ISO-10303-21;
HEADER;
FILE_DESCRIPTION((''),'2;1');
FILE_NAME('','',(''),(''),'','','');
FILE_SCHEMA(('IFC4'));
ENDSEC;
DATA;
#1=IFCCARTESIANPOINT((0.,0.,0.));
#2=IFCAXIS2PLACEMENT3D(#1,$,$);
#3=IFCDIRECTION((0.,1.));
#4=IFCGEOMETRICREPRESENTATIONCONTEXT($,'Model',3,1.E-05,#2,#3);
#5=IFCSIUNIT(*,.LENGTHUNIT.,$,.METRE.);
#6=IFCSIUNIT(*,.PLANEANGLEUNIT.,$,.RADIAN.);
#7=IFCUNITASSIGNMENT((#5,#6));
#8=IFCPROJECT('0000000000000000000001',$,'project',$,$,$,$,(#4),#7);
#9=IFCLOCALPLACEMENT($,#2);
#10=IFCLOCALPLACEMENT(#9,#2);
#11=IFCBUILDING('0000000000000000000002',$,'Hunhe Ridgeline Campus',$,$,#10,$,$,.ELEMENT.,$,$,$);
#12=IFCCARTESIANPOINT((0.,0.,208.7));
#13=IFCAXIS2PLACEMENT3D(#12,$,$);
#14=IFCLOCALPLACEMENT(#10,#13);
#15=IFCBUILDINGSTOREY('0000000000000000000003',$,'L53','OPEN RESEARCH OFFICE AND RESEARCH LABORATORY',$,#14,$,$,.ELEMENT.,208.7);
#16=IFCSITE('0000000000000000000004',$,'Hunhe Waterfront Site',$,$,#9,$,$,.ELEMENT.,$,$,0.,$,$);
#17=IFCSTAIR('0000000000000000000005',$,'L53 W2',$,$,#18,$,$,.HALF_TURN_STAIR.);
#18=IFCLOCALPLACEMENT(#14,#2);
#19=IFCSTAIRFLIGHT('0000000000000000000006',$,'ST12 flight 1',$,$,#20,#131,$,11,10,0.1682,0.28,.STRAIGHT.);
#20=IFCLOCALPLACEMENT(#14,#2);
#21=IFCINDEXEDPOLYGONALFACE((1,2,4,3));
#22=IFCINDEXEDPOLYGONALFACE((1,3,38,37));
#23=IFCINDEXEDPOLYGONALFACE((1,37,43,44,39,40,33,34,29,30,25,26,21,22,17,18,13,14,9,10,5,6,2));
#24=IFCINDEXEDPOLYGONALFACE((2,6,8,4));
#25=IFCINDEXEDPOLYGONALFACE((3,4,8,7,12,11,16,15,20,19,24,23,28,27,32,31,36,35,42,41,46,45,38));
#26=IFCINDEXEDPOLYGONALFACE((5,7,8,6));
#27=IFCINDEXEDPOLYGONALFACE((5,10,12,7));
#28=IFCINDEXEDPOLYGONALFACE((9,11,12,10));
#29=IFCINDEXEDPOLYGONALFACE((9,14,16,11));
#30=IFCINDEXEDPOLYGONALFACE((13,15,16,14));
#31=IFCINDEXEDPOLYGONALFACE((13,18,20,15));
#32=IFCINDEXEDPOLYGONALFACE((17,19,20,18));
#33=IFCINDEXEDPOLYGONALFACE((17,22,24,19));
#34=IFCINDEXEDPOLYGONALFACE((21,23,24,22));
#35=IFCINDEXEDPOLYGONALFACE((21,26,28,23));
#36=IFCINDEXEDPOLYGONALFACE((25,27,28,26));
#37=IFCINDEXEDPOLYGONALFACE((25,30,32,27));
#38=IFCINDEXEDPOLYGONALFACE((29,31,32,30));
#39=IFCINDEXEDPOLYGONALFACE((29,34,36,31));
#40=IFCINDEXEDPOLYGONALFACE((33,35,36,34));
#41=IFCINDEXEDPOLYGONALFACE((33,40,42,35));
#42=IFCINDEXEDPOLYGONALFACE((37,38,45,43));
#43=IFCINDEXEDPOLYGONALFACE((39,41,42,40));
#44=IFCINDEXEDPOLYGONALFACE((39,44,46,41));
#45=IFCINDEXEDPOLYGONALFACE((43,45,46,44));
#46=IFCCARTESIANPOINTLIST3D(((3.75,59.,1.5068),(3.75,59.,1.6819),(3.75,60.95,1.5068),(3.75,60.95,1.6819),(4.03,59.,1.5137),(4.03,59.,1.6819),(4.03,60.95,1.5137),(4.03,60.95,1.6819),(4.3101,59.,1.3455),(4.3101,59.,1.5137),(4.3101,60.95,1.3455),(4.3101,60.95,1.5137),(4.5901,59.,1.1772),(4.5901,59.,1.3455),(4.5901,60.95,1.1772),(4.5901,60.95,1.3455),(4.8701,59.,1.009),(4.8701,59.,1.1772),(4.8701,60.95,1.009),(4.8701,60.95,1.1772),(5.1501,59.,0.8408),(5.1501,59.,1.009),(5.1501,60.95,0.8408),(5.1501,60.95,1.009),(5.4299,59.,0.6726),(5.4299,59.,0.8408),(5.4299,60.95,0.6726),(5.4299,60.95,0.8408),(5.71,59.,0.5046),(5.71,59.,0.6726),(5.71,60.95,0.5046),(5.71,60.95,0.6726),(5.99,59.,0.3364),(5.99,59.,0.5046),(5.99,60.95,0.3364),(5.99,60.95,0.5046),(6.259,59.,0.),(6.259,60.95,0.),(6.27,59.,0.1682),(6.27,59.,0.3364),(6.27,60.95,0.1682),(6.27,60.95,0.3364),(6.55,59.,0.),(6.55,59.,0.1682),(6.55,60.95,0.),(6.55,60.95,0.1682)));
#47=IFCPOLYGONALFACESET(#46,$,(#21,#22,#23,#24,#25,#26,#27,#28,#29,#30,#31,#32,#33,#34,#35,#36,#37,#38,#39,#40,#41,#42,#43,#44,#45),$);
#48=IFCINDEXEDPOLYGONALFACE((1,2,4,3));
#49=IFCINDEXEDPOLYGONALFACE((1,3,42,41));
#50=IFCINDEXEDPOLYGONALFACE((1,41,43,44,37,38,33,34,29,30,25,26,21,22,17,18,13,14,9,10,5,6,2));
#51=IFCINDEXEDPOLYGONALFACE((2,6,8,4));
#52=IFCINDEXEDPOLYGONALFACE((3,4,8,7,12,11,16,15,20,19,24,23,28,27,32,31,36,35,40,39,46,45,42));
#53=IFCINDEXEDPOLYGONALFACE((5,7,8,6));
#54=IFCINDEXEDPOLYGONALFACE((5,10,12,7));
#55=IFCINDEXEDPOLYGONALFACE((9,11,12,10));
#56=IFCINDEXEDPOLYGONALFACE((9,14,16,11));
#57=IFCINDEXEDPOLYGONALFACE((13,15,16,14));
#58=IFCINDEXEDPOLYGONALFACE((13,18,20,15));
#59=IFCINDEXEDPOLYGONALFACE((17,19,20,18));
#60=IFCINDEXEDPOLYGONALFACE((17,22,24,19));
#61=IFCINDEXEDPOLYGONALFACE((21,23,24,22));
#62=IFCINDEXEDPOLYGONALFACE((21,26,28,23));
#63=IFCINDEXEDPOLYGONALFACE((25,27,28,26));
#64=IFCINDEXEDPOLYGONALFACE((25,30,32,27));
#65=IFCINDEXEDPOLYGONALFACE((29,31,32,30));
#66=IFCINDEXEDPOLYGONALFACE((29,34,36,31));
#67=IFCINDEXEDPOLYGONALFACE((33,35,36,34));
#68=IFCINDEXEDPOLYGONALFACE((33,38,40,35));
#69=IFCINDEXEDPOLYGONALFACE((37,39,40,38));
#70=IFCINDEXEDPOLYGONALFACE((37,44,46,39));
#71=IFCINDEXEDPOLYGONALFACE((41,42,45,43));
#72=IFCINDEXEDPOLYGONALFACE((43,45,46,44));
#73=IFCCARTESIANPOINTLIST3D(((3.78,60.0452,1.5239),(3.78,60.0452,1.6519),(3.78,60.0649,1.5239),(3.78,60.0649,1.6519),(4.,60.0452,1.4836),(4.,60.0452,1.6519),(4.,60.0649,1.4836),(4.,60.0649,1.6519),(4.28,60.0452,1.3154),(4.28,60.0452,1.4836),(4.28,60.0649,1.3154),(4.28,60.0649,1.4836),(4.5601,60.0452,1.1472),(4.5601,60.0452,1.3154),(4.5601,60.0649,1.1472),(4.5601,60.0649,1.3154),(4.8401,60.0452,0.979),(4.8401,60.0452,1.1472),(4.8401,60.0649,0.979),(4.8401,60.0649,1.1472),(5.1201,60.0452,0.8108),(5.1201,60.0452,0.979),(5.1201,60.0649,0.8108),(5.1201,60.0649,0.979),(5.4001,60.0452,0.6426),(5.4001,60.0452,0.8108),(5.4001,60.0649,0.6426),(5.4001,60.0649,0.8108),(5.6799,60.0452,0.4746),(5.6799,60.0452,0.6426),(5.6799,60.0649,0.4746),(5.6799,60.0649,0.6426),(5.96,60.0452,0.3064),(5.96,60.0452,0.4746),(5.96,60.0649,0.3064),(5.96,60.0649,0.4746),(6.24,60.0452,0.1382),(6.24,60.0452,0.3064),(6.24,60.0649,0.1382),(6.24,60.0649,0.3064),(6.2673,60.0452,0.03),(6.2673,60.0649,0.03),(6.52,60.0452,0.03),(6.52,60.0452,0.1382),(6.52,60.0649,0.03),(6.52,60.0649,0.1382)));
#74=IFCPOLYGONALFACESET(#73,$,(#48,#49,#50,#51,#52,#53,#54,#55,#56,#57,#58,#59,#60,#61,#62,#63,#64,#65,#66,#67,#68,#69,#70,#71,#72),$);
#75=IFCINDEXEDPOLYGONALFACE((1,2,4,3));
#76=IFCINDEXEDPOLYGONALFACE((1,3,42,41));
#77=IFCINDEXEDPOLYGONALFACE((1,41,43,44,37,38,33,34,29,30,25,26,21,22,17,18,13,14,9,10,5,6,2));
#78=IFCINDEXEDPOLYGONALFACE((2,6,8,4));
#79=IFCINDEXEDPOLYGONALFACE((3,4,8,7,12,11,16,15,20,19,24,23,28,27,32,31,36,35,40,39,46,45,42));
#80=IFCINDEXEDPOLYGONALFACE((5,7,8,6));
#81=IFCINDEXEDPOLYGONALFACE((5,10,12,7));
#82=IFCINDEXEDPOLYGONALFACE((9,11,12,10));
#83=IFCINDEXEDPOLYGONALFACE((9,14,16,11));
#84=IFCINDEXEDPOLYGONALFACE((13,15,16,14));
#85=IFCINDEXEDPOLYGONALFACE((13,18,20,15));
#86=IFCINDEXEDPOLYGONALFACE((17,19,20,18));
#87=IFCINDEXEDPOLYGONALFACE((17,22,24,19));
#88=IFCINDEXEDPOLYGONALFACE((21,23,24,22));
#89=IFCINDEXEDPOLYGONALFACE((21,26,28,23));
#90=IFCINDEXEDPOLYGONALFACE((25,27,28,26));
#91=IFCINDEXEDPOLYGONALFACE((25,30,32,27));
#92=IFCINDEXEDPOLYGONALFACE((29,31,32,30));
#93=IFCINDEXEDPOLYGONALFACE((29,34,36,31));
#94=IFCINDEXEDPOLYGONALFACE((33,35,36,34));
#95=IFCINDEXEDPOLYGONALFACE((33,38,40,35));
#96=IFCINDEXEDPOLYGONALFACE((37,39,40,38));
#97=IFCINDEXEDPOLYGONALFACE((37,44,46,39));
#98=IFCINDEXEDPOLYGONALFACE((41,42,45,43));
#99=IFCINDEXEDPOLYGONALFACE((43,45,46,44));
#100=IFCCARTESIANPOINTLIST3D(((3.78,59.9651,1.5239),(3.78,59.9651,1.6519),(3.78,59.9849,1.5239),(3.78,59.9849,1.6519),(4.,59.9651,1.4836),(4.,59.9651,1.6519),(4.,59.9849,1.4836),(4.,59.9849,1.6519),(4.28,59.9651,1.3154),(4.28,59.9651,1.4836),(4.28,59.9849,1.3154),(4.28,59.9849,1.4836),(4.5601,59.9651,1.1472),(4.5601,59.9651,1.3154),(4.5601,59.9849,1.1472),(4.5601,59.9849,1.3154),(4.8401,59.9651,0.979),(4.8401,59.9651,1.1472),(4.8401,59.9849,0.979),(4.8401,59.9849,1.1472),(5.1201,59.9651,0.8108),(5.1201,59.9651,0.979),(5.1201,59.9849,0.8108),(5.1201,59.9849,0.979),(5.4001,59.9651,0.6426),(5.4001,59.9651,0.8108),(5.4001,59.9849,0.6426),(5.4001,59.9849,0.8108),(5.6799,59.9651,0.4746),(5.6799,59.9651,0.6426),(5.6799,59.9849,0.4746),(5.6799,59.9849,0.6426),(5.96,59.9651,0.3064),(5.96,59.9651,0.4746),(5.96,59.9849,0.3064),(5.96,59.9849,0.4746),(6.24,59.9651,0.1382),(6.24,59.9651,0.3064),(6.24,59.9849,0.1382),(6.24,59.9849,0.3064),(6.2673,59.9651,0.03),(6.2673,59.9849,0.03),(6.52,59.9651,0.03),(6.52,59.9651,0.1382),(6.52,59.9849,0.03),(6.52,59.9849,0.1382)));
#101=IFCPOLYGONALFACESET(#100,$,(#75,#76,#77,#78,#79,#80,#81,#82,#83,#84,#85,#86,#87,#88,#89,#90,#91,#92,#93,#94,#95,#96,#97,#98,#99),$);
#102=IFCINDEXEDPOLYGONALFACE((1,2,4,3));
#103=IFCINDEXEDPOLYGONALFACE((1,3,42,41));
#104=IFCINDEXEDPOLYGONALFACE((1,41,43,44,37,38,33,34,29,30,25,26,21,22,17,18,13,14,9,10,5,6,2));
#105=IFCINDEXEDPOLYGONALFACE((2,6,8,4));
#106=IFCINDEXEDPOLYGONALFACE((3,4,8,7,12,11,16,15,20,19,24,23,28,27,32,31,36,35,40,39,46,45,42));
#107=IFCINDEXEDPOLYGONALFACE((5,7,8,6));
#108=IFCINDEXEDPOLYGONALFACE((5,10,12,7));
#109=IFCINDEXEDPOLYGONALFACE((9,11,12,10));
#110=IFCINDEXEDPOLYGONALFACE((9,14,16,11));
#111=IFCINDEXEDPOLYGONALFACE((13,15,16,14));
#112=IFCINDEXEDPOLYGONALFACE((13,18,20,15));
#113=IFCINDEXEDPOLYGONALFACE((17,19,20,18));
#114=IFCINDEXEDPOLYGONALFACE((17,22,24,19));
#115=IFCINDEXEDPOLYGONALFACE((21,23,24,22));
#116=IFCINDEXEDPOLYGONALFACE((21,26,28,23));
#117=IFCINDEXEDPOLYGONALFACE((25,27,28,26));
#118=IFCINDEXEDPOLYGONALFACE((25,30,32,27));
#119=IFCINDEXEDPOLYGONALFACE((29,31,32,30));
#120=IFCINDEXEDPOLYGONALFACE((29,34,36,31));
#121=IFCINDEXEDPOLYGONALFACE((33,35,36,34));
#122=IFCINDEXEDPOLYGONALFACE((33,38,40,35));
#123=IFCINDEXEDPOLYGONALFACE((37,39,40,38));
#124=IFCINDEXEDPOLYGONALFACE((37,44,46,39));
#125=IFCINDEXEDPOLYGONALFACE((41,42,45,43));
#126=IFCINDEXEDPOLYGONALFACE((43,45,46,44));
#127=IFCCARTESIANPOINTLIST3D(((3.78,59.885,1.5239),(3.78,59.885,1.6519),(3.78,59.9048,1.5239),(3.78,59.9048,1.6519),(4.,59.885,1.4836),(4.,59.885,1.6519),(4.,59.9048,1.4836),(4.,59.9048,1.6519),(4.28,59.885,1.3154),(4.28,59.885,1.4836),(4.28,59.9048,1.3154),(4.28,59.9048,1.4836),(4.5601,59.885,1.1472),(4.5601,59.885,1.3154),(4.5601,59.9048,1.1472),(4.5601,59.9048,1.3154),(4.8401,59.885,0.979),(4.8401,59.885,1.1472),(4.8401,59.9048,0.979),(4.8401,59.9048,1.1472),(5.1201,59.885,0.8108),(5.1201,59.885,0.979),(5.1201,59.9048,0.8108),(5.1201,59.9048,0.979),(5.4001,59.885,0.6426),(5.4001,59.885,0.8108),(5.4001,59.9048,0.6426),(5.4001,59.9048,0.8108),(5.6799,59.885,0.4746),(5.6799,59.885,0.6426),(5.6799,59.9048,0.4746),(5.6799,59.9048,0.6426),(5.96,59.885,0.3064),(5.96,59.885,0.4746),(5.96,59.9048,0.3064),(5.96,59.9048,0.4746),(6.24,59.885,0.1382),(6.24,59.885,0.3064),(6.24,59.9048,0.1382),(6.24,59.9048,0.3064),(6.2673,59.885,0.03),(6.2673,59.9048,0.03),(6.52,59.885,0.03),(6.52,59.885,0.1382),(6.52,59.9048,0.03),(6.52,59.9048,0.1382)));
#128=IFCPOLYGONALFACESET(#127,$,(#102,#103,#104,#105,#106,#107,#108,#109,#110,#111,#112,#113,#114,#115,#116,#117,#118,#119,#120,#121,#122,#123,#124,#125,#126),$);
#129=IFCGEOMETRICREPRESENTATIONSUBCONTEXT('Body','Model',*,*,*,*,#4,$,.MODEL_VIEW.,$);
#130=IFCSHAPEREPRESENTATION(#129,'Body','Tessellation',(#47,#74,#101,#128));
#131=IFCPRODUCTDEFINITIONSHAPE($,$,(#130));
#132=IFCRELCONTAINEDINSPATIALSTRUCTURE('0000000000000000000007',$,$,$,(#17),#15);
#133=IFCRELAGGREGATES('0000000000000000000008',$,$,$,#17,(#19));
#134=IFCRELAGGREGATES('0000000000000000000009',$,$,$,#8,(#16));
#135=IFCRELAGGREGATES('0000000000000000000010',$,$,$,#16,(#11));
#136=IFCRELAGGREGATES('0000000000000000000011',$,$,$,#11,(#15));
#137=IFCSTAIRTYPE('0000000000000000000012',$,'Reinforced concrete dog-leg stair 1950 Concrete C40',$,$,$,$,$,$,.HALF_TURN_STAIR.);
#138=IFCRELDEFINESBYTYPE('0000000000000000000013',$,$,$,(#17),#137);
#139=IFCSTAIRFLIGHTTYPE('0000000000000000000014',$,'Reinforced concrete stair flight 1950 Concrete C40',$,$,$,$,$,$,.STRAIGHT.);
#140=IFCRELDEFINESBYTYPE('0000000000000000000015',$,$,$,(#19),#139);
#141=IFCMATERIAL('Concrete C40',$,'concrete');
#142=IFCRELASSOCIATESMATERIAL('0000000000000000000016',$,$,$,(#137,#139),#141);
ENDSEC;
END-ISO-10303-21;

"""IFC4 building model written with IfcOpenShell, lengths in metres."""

from ifc_helpers import new_model, si_unit, direction, frame, origin, place, context, subcontext, project, spatial, polyline, outline, extrude, material, type_object, element, aggregate, save


model = new_model("IFC4")

# Units and contexts
model_context = context("Model", 3, precision=1e-05, world=origin(), true_north=direction((0.0, 1.0)))
body_context = subcontext(model_context, "Body", "Model", "MODEL_VIEW")
ifc_project = project(units=[si_unit("LENGTHUNIT", "METRE"), si_unit("PLANEANGLEUNIT", "RADIAN")], contexts=[model_context])

# Site, building, storey
site_placement = place(None, origin())
site = spatial("IfcSite", under=ifc_project, at=site_placement, Name="Hunhe Waterfront Site", CompositionType="ELEMENT", RefElevation=0.0)
building_placement = place(site_placement, origin())
building = spatial("IfcBuilding", under=site, at=building_placement, Name="Hunhe Ridgeline Campus", CompositionType="ELEMENT")
storey_placement = place(building_placement, frame((0.0, 0.0, 208.7)))
storey = spatial("IfcBuildingStorey", under=building, at=storey_placement, Name="L53", Description="OPEN RESEARCH OFFICE AND RESEARCH LABORATORY", CompositionType="ELEMENT", Elevation=208.7)

# Shared definitions
ifc_material_1 = material(Name="Concrete C40", Category="concrete")
stair_type = type_object("IfcStairType", Name="Reinforced concrete dog-leg stair 1950 Concrete C40", PredefinedType="HALF_TURN_STAIR", material=ifc_material_1)
stair_flight_type = type_object("IfcStairFlightType", Name="Reinforced concrete stair flight 1950 Concrete C40", PredefinedType="STRAIGHT", material=ifc_material_1)

# Stair, stair flight
stair_1_placement = place(storey_placement, origin())
stair_1 = element("IfcStair", 1, at=stair_1_placement, inside=storey, type_object=stair_type, Name="L53 W2", PredefinedType="HALF_TURN_STAIR")
stair_flight_1_placement = place(storey_placement, frame((6.55, 59.9751, 0.0), z_axis=(0.0, 0.0, 1.0), x_axis=(-1.0, 0.0, 0.0)))
stair_flight_1 = element("IfcStairFlight", 2, at=stair_flight_1_placement, type_object=stair_flight_type, Name="ST12 flight 1", NumberOfRisers=11, NumberOfTreads=10, PredefinedType="STRAIGHT", RiserHeight=0.1682, TreadLength=0.28, context=body_context, shape_type="SweptSolid", body=[
    extrude(outline(polyline([(0.0, 0.0), (0.0, 0.1682), (0.28, 0.1682), (0.28, 0.3364), (0.5601, 0.3364), (0.5601, 0.5046), (0.8401, 0.5046), (0.8401, 0.6726), (1.1201, 0.6726), (1.1201, 0.8408), (1.3999, 0.8408), (1.3999, 1.009), (1.6799, 1.009), (1.6799, 1.1772), (1.96, 1.1772), (1.96, 1.3455), (2.24, 1.3455), (2.24, 1.5137), (2.52, 1.5137), (2.52, 1.6819), (2.8, 1.6819), (2.8, 1.8501), (2.8, 1.5068), (0.291, 0.0), (0.0, 0.0)])), frame((0.0, 0.9751, 0.0), z_axis=(0.0, -1.0, 0.0), x_axis=(1.0, 0.0, 0.0)), (0.0, 0.0, 1.0), 1.95),
    extrude(outline(polyline([(0.03, 0.03), (0.03, 0.1382), (0.3101, 0.1382), (0.3101, 0.3064), (0.5901, 0.3064), (0.5901, 0.4746), (0.8701, 0.4746), (0.8701, 0.6426), (1.1499, 0.6426), (1.1499, 0.8108), (1.4299, 0.8108), (1.4299, 0.979), (1.71, 0.979), (1.71, 1.1472), (1.99, 1.1472), (1.99, 1.3154), (2.27, 1.3154), (2.27, 1.4836), (2.55, 1.4836), (2.55, 1.6519), (2.77, 1.6519), (2.77, 1.5239), (0.2827, 0.03), (0.03, 0.03)])), frame((0.0, -0.0701, 0.0), z_axis=(0.0, -1.0, 0.0), x_axis=(1.0, 0.0, 0.0)), (0.0, 0.0, 1.0), 0.0198),
    extrude(outline(polyline([(0.03, 0.03), (0.03, 0.1382), (0.3101, 0.1382), (0.3101, 0.3064), (0.5901, 0.3064), (0.5901, 0.4746), (0.8701, 0.4746), (0.8701, 0.6426), (1.1499, 0.6426), (1.1499, 0.8108), (1.4299, 0.8108), (1.4299, 0.979), (1.71, 0.979), (1.71, 1.1472), (1.99, 1.1472), (1.99, 1.3154), (2.27, 1.3154), (2.27, 1.4836), (2.55, 1.4836), (2.55, 1.6519), (2.77, 1.6519), (2.77, 1.5239), (0.2827, 0.03), (0.03, 0.03)])), frame((0.0, 0.01, 0.0), z_axis=(0.0, -1.0, 0.0), x_axis=(1.0, 0.0, 0.0)), (0.0, 0.0, 1.0), 0.0198),
    extrude(outline(polyline([(0.03, 0.03), (0.03, 0.1382), (0.3101, 0.1382), (0.3101, 0.3064), (0.5901, 0.3064), (0.5901, 0.4746), (0.8701, 0.4746), (0.8701, 0.6426), (1.1499, 0.6426), (1.1499, 0.8108), (1.4299, 0.8108), (1.4299, 0.979), (1.71, 0.979), (1.71, 1.1472), (1.99, 1.1472), (1.99, 1.3154), (2.27, 1.3154), (2.27, 1.4836), (2.55, 1.4836), (2.55, 1.6519), (2.77, 1.6519), (2.77, 1.5239), (0.2827, 0.03), (0.03, 0.03)])), frame((0.0, 0.0901, 0.0), z_axis=(0.0, -1.0, 0.0), x_axis=(1.0, 0.0, 0.0)), (0.0, 0.0, 1.0), 0.0198),
])
aggregate(stair_1, [stair_flight_1])

save(model, "model.ifc")
